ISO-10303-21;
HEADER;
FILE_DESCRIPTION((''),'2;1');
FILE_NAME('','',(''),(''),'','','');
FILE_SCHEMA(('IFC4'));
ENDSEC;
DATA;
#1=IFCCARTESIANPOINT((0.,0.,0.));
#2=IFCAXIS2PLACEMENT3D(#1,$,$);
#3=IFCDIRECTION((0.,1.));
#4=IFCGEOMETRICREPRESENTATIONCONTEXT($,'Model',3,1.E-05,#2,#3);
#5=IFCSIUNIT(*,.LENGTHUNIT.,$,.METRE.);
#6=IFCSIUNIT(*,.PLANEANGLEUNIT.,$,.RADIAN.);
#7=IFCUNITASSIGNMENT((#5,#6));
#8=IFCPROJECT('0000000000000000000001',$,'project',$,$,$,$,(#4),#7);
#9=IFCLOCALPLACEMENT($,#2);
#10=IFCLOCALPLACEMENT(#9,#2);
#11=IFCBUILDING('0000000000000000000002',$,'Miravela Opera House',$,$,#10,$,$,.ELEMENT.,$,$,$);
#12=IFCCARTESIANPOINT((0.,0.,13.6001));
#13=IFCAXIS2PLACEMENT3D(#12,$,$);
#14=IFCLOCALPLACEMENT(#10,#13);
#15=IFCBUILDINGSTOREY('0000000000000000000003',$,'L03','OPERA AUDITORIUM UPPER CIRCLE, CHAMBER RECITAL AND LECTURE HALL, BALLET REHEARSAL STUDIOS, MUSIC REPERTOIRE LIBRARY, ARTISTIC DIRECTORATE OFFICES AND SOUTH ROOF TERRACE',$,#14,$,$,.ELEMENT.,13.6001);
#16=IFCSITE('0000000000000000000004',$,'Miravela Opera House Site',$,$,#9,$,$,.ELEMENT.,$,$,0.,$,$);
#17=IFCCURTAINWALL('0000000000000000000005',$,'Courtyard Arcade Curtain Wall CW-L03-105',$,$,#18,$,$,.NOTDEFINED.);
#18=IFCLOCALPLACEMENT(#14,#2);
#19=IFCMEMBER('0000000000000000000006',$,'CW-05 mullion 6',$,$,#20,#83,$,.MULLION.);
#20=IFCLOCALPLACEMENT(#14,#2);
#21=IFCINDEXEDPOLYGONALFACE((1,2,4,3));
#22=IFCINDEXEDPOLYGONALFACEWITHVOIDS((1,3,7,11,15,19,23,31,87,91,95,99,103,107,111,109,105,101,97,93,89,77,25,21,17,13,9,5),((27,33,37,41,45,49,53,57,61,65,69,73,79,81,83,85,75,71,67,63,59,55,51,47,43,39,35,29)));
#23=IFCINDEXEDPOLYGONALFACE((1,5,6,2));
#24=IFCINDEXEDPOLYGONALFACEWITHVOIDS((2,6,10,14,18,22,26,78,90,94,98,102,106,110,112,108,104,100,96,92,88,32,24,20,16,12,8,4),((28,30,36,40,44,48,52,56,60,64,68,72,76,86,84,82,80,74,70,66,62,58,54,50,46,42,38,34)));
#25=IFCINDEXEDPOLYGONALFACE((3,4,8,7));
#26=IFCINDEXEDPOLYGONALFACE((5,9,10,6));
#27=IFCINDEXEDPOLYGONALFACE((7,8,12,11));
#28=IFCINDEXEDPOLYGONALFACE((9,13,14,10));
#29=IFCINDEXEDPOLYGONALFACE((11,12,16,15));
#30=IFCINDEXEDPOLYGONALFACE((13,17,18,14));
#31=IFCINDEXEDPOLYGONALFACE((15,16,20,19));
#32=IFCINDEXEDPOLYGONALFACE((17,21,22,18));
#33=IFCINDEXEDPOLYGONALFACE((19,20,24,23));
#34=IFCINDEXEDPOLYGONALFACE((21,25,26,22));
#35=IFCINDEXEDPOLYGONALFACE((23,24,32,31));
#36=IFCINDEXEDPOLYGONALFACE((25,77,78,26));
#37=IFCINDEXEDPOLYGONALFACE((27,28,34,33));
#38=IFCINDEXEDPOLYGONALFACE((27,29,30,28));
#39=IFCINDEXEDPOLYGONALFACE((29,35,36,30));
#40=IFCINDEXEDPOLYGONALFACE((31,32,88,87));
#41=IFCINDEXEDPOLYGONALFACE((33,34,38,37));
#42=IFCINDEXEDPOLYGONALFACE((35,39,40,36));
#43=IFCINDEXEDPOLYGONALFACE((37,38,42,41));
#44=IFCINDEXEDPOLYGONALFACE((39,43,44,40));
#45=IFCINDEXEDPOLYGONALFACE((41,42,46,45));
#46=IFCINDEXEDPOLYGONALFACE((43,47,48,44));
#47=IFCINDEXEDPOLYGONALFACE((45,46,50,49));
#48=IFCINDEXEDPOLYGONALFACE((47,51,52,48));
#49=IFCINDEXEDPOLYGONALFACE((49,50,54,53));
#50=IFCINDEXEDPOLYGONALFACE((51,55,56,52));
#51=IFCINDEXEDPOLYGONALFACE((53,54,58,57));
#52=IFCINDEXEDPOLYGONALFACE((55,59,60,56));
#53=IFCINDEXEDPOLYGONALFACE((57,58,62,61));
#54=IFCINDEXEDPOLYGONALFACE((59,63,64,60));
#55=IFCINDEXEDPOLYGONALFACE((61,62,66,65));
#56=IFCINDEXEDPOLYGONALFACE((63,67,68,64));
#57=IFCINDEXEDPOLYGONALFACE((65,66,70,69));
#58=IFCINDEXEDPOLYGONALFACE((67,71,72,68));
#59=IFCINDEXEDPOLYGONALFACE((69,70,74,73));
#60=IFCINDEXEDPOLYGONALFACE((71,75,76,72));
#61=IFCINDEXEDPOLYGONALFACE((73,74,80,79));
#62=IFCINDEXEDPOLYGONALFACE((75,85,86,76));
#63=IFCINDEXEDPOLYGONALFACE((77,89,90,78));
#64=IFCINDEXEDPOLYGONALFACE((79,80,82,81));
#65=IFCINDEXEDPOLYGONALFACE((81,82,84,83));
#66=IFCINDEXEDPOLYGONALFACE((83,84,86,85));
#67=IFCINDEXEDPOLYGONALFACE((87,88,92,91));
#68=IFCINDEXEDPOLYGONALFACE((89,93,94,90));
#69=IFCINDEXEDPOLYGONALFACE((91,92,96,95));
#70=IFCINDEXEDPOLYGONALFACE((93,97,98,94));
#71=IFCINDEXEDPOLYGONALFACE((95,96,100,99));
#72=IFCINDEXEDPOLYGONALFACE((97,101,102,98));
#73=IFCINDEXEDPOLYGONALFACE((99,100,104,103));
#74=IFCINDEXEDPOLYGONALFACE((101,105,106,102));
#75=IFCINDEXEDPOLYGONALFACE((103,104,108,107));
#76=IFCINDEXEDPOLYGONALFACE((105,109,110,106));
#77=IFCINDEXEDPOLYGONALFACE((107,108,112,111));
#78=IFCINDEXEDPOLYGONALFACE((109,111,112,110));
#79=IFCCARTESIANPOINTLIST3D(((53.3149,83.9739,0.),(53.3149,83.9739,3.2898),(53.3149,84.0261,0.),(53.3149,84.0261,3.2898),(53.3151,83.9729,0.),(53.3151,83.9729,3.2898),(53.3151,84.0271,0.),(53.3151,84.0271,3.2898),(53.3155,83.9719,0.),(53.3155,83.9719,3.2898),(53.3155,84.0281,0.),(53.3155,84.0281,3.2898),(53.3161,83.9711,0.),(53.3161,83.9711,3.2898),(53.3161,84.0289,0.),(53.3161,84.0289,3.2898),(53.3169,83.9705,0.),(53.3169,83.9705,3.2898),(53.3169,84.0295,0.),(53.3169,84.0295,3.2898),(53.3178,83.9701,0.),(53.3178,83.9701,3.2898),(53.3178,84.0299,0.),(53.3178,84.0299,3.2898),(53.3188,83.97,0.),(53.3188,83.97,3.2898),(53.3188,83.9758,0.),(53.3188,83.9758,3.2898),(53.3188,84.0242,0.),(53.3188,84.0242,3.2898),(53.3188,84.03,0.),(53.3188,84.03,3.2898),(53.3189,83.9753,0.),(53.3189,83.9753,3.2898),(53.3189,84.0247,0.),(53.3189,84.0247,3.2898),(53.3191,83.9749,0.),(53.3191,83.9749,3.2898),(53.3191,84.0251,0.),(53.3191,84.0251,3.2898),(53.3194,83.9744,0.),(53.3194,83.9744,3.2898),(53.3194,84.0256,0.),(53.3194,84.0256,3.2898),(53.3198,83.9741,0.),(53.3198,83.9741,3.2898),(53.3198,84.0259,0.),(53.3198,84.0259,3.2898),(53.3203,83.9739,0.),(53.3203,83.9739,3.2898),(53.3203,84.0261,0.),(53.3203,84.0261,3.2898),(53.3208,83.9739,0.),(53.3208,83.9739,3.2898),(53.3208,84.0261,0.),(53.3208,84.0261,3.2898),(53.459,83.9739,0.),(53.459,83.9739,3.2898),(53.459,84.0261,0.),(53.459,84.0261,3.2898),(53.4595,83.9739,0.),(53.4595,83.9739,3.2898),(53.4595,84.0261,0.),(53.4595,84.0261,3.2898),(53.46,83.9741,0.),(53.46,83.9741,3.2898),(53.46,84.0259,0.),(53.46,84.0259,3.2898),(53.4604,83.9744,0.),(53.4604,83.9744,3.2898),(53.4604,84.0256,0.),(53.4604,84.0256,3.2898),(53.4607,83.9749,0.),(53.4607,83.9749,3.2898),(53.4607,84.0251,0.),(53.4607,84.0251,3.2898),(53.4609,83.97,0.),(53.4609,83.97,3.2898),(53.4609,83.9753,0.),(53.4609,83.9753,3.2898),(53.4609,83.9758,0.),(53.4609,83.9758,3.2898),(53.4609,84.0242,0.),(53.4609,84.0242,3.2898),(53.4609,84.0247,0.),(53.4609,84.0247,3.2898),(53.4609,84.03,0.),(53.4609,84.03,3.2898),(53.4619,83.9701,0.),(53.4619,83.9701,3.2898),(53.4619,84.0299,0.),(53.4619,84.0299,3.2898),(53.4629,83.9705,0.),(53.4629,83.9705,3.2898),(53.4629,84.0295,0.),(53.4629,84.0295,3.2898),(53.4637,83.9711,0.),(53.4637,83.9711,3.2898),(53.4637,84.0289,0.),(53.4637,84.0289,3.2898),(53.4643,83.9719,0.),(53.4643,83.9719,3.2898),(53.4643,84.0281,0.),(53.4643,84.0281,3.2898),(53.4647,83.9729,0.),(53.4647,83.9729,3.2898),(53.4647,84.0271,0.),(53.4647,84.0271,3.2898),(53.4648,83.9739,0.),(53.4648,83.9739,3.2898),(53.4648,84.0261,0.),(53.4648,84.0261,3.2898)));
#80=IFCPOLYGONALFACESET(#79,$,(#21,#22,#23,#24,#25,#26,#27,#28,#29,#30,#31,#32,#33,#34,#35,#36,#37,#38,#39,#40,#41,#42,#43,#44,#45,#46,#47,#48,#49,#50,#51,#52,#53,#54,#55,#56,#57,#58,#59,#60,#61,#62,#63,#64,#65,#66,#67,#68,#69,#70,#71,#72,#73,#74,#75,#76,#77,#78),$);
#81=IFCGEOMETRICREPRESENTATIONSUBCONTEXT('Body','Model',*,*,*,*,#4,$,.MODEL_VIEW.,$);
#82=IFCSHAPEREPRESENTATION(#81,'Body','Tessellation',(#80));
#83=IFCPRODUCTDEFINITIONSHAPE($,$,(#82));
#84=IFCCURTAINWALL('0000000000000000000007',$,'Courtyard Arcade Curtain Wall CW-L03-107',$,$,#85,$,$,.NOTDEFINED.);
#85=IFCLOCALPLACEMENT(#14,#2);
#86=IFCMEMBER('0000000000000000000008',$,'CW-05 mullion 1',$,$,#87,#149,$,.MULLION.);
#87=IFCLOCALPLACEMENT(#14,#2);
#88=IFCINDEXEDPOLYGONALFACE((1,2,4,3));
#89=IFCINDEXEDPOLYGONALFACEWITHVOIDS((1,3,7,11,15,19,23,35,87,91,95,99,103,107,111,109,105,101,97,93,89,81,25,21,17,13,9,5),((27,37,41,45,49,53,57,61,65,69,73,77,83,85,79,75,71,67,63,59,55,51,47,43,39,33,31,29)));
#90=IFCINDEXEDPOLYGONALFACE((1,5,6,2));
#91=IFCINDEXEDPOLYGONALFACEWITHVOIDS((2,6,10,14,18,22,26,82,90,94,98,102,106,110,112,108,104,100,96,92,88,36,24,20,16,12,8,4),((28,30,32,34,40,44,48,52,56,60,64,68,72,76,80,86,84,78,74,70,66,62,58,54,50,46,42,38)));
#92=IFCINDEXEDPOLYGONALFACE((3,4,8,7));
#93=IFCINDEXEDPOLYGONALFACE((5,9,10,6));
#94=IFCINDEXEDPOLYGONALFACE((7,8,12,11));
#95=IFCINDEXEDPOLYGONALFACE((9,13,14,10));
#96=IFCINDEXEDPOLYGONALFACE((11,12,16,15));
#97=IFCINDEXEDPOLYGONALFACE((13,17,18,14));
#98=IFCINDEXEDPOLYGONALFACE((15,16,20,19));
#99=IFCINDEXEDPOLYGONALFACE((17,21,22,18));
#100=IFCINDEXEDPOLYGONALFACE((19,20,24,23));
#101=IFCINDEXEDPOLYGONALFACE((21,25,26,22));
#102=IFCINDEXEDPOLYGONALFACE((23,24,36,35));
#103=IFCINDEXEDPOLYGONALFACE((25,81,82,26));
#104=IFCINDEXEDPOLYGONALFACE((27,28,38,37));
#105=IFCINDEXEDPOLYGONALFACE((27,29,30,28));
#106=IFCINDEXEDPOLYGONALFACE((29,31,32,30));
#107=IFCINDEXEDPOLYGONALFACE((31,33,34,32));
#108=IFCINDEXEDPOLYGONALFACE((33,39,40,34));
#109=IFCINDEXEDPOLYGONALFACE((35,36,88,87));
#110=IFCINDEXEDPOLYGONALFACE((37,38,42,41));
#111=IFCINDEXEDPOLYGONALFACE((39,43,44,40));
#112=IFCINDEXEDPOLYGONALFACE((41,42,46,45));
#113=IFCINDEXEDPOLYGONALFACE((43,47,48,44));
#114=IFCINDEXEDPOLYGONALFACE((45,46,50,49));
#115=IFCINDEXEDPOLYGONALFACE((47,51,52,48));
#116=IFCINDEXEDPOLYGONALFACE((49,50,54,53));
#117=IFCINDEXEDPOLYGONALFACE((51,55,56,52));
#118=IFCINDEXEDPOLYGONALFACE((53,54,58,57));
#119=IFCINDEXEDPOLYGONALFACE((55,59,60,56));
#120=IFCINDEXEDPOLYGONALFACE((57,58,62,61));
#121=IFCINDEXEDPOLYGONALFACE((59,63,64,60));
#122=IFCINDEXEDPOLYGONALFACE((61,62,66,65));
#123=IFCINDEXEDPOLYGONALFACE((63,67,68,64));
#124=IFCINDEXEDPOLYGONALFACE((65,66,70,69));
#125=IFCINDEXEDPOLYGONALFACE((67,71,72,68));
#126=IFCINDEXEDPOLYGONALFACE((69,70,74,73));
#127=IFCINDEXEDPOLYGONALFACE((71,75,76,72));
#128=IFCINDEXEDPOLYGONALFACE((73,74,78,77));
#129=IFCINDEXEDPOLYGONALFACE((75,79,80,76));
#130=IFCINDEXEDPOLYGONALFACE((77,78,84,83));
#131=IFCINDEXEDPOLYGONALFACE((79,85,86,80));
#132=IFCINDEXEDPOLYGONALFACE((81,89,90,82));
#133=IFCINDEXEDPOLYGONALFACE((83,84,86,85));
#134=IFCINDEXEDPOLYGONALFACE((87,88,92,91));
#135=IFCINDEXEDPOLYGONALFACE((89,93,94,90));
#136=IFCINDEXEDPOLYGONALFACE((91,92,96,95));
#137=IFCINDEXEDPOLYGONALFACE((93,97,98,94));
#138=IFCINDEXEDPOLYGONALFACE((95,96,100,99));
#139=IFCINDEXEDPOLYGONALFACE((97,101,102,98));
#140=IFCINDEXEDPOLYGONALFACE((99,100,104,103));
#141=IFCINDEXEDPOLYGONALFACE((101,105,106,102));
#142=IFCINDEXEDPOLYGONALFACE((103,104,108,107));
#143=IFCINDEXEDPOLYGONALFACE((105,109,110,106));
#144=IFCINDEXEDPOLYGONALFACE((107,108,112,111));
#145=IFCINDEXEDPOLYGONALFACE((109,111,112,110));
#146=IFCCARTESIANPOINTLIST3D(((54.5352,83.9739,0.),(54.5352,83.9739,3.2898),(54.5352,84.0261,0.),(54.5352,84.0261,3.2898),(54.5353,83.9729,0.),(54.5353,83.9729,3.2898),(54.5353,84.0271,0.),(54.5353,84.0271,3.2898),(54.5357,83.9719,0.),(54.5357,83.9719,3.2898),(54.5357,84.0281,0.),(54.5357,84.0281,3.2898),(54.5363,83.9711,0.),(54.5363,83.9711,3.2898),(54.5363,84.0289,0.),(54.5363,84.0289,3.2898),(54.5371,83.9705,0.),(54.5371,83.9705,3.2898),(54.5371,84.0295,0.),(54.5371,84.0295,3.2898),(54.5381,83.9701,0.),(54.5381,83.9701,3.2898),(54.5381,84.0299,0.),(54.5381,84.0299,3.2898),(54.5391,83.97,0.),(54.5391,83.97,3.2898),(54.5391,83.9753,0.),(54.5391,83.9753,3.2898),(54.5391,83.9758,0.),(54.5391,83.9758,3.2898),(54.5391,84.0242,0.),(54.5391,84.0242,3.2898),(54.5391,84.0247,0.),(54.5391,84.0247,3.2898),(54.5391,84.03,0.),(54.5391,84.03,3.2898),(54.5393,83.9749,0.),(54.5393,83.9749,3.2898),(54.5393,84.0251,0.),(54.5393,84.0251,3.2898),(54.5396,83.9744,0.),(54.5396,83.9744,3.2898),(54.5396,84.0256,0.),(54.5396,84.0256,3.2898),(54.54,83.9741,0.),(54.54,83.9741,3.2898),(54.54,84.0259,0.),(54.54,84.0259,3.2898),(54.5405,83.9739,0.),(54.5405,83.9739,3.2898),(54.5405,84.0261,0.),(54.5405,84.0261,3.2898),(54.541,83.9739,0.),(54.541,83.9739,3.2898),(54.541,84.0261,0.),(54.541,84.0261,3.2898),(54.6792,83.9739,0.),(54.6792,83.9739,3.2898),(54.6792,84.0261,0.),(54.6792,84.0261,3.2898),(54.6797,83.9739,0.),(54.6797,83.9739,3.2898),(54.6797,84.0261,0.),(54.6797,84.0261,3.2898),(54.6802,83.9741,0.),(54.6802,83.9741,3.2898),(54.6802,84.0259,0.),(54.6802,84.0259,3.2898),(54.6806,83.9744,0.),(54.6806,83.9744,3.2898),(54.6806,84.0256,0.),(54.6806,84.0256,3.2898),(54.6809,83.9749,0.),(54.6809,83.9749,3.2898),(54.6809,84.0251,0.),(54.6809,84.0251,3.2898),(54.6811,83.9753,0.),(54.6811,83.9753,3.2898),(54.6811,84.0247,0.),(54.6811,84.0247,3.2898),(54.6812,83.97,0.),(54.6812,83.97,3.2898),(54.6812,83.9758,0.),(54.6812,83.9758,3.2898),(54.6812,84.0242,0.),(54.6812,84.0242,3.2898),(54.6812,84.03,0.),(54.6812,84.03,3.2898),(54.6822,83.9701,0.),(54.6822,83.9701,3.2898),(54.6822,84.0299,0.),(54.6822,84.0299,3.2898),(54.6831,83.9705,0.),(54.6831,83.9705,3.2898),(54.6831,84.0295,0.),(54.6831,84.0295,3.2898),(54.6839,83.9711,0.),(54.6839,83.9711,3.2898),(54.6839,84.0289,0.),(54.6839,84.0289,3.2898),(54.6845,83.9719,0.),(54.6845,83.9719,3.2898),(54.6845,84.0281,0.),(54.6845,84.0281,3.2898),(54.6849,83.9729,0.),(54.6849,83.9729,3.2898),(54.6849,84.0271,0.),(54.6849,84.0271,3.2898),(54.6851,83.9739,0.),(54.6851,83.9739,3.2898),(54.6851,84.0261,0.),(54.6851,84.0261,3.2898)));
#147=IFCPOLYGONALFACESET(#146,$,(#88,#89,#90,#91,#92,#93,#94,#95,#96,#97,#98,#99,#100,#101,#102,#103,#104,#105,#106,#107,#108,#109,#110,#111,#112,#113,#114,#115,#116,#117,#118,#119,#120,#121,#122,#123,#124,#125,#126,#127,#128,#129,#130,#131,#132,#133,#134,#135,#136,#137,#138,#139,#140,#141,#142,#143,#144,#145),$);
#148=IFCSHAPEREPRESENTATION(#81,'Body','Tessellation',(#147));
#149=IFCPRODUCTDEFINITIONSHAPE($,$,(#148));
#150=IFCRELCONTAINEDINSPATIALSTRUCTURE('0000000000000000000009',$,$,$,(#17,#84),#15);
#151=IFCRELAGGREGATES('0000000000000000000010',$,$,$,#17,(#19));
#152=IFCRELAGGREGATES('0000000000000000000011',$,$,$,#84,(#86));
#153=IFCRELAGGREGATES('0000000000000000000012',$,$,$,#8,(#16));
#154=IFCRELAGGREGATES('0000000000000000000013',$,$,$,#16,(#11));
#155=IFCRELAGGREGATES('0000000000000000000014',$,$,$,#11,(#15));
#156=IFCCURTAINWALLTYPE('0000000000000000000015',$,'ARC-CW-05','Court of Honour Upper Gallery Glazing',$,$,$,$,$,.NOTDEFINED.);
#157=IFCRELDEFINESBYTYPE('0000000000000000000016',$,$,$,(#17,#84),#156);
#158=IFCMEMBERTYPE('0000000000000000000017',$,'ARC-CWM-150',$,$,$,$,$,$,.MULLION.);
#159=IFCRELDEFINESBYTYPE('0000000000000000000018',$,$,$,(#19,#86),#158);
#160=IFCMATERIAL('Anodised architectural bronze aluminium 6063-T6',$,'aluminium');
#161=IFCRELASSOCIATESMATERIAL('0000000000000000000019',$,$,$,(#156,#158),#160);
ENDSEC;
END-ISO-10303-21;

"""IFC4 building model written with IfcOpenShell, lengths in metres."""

from ifc_helpers import new_model, si_unit, direction, frame, origin, origin_2d, place, context, subcontext, project, spatial, hollow_rectangle, extrude, material, material_profile, profile_set, type_object, element, aggregate, save


model = new_model("IFC4")

# Units and contexts
model_context = context("Model", 3, precision=1e-05, world=origin(), true_north=direction((0.0, 1.0)))
body_context = subcontext(model_context, "Body", "Model", "MODEL_VIEW")
ifc_project = project(units=[si_unit("LENGTHUNIT", "METRE"), si_unit("PLANEANGLEUNIT", "RADIAN")], contexts=[model_context])

# Site, building, storey
site_placement = place(None, origin())
site = spatial("IfcSite", under=ifc_project, at=site_placement, Name="Miravela Opera House Site", CompositionType="ELEMENT", RefElevation=0.0)
building_placement = place(site_placement, origin())
building = spatial("IfcBuilding", under=site, at=building_placement, Name="Miravela Opera House", CompositionType="ELEMENT")
storey_placement = place(building_placement, frame((0.0, 0.0, 13.6001)))
storey = spatial("IfcBuildingStorey", under=building, at=storey_placement, Name="L03", Description="OPERA AUDITORIUM UPPER CIRCLE, CHAMBER RECITAL AND LECTURE HALL, BALLET REHEARSAL STUDIOS, MUSIC REPERTOIRE LIBRARY, ARTISTIC DIRECTORATE OFFICES AND SOUTH ROOF TERRACE", CompositionType="ELEMENT", Elevation=13.6001)

# Curtain walls, members
ifc_material_1 = material(Name="Anodised architectural bronze aluminium 6063-T6", Category="aluminium")
curtain_wall_type = type_object("IfcCurtainWallType", Name="ARC-CW-05", Description="Court of Honour Upper Gallery Glazing", PredefinedType="NOTDEFINED", material=ifc_material_1)
curtain_wall_1_placement = place(storey_placement, origin())
curtain_wall_1 = element("IfcCurtainWall", 1, at=curtain_wall_1_placement, inside=storey, type_object=curtain_wall_type, Name="Courtyard Arcade Curtain Wall CW-L03-105", PredefinedType="NOTDEFINED")
ifc_material_profile_1 = material_profile(ifc_material_1, hollow_rectangle(XDim=0.0601, YDim=0.1499, WallThickness=0.0039, InnerFilletRadius=0.002, OuterFilletRadius=0.0039, at=origin_2d()), Name="CWM-60X150")
ifc_profile_set_1 = profile_set([ifc_material_profile_1])
member_type_1 = type_object("IfcMemberType", Name="ARC-CWM-150", PredefinedType="MULLION", material=ifc_profile_set_1)
member_1_placement = place(storey_placement, frame((53.3899, 84.0, 0.0), z_axis=(0.0, 0.0, 1.0), x_axis=(0.0, 1.0, 0.0)))
member_1 = element("IfcMember", 2, at=member_1_placement, type_object=member_type_1, Name="CW-05 mullion 6", PredefinedType="MULLION", context=body_context, shape_type="SweptSolid", body=[
    extrude(hollow_rectangle(XDim=0.0601, YDim=0.1499, WallThickness=0.0039, InnerFilletRadius=0.002, OuterFilletRadius=0.0039, at=origin_2d()), origin(), (0.0, 0.0, 1.0), 3.2898),
])
curtain_wall_2_placement = place(storey_placement, origin())
curtain_wall_2 = element("IfcCurtainWall", 3, at=curtain_wall_2_placement, inside=storey, type_object=curtain_wall_type, Name="Courtyard Arcade Curtain Wall CW-L03-107", PredefinedType="NOTDEFINED")
member_2_placement = place(storey_placement, frame((54.6101, 84.0, 0.0), z_axis=(0.0, 0.0, 1.0), x_axis=(0.0, 1.0, 0.0)))
member_2 = element("IfcMember", 4, at=member_2_placement, type_object=member_type_1, Name="CW-05 mullion 1", PredefinedType="MULLION", context=body_context, shape_type="SweptSolid", body=[
    extrude(hollow_rectangle(XDim=0.0601, YDim=0.1499, WallThickness=0.0039, InnerFilletRadius=0.002, OuterFilletRadius=0.0039, at=origin_2d()), origin(), (0.0, 0.0, 1.0), 3.2898),
])

aggregate(curtain_wall_1, [member_1])
aggregate(curtain_wall_2, [member_2])

save(model, "model.ifc")
